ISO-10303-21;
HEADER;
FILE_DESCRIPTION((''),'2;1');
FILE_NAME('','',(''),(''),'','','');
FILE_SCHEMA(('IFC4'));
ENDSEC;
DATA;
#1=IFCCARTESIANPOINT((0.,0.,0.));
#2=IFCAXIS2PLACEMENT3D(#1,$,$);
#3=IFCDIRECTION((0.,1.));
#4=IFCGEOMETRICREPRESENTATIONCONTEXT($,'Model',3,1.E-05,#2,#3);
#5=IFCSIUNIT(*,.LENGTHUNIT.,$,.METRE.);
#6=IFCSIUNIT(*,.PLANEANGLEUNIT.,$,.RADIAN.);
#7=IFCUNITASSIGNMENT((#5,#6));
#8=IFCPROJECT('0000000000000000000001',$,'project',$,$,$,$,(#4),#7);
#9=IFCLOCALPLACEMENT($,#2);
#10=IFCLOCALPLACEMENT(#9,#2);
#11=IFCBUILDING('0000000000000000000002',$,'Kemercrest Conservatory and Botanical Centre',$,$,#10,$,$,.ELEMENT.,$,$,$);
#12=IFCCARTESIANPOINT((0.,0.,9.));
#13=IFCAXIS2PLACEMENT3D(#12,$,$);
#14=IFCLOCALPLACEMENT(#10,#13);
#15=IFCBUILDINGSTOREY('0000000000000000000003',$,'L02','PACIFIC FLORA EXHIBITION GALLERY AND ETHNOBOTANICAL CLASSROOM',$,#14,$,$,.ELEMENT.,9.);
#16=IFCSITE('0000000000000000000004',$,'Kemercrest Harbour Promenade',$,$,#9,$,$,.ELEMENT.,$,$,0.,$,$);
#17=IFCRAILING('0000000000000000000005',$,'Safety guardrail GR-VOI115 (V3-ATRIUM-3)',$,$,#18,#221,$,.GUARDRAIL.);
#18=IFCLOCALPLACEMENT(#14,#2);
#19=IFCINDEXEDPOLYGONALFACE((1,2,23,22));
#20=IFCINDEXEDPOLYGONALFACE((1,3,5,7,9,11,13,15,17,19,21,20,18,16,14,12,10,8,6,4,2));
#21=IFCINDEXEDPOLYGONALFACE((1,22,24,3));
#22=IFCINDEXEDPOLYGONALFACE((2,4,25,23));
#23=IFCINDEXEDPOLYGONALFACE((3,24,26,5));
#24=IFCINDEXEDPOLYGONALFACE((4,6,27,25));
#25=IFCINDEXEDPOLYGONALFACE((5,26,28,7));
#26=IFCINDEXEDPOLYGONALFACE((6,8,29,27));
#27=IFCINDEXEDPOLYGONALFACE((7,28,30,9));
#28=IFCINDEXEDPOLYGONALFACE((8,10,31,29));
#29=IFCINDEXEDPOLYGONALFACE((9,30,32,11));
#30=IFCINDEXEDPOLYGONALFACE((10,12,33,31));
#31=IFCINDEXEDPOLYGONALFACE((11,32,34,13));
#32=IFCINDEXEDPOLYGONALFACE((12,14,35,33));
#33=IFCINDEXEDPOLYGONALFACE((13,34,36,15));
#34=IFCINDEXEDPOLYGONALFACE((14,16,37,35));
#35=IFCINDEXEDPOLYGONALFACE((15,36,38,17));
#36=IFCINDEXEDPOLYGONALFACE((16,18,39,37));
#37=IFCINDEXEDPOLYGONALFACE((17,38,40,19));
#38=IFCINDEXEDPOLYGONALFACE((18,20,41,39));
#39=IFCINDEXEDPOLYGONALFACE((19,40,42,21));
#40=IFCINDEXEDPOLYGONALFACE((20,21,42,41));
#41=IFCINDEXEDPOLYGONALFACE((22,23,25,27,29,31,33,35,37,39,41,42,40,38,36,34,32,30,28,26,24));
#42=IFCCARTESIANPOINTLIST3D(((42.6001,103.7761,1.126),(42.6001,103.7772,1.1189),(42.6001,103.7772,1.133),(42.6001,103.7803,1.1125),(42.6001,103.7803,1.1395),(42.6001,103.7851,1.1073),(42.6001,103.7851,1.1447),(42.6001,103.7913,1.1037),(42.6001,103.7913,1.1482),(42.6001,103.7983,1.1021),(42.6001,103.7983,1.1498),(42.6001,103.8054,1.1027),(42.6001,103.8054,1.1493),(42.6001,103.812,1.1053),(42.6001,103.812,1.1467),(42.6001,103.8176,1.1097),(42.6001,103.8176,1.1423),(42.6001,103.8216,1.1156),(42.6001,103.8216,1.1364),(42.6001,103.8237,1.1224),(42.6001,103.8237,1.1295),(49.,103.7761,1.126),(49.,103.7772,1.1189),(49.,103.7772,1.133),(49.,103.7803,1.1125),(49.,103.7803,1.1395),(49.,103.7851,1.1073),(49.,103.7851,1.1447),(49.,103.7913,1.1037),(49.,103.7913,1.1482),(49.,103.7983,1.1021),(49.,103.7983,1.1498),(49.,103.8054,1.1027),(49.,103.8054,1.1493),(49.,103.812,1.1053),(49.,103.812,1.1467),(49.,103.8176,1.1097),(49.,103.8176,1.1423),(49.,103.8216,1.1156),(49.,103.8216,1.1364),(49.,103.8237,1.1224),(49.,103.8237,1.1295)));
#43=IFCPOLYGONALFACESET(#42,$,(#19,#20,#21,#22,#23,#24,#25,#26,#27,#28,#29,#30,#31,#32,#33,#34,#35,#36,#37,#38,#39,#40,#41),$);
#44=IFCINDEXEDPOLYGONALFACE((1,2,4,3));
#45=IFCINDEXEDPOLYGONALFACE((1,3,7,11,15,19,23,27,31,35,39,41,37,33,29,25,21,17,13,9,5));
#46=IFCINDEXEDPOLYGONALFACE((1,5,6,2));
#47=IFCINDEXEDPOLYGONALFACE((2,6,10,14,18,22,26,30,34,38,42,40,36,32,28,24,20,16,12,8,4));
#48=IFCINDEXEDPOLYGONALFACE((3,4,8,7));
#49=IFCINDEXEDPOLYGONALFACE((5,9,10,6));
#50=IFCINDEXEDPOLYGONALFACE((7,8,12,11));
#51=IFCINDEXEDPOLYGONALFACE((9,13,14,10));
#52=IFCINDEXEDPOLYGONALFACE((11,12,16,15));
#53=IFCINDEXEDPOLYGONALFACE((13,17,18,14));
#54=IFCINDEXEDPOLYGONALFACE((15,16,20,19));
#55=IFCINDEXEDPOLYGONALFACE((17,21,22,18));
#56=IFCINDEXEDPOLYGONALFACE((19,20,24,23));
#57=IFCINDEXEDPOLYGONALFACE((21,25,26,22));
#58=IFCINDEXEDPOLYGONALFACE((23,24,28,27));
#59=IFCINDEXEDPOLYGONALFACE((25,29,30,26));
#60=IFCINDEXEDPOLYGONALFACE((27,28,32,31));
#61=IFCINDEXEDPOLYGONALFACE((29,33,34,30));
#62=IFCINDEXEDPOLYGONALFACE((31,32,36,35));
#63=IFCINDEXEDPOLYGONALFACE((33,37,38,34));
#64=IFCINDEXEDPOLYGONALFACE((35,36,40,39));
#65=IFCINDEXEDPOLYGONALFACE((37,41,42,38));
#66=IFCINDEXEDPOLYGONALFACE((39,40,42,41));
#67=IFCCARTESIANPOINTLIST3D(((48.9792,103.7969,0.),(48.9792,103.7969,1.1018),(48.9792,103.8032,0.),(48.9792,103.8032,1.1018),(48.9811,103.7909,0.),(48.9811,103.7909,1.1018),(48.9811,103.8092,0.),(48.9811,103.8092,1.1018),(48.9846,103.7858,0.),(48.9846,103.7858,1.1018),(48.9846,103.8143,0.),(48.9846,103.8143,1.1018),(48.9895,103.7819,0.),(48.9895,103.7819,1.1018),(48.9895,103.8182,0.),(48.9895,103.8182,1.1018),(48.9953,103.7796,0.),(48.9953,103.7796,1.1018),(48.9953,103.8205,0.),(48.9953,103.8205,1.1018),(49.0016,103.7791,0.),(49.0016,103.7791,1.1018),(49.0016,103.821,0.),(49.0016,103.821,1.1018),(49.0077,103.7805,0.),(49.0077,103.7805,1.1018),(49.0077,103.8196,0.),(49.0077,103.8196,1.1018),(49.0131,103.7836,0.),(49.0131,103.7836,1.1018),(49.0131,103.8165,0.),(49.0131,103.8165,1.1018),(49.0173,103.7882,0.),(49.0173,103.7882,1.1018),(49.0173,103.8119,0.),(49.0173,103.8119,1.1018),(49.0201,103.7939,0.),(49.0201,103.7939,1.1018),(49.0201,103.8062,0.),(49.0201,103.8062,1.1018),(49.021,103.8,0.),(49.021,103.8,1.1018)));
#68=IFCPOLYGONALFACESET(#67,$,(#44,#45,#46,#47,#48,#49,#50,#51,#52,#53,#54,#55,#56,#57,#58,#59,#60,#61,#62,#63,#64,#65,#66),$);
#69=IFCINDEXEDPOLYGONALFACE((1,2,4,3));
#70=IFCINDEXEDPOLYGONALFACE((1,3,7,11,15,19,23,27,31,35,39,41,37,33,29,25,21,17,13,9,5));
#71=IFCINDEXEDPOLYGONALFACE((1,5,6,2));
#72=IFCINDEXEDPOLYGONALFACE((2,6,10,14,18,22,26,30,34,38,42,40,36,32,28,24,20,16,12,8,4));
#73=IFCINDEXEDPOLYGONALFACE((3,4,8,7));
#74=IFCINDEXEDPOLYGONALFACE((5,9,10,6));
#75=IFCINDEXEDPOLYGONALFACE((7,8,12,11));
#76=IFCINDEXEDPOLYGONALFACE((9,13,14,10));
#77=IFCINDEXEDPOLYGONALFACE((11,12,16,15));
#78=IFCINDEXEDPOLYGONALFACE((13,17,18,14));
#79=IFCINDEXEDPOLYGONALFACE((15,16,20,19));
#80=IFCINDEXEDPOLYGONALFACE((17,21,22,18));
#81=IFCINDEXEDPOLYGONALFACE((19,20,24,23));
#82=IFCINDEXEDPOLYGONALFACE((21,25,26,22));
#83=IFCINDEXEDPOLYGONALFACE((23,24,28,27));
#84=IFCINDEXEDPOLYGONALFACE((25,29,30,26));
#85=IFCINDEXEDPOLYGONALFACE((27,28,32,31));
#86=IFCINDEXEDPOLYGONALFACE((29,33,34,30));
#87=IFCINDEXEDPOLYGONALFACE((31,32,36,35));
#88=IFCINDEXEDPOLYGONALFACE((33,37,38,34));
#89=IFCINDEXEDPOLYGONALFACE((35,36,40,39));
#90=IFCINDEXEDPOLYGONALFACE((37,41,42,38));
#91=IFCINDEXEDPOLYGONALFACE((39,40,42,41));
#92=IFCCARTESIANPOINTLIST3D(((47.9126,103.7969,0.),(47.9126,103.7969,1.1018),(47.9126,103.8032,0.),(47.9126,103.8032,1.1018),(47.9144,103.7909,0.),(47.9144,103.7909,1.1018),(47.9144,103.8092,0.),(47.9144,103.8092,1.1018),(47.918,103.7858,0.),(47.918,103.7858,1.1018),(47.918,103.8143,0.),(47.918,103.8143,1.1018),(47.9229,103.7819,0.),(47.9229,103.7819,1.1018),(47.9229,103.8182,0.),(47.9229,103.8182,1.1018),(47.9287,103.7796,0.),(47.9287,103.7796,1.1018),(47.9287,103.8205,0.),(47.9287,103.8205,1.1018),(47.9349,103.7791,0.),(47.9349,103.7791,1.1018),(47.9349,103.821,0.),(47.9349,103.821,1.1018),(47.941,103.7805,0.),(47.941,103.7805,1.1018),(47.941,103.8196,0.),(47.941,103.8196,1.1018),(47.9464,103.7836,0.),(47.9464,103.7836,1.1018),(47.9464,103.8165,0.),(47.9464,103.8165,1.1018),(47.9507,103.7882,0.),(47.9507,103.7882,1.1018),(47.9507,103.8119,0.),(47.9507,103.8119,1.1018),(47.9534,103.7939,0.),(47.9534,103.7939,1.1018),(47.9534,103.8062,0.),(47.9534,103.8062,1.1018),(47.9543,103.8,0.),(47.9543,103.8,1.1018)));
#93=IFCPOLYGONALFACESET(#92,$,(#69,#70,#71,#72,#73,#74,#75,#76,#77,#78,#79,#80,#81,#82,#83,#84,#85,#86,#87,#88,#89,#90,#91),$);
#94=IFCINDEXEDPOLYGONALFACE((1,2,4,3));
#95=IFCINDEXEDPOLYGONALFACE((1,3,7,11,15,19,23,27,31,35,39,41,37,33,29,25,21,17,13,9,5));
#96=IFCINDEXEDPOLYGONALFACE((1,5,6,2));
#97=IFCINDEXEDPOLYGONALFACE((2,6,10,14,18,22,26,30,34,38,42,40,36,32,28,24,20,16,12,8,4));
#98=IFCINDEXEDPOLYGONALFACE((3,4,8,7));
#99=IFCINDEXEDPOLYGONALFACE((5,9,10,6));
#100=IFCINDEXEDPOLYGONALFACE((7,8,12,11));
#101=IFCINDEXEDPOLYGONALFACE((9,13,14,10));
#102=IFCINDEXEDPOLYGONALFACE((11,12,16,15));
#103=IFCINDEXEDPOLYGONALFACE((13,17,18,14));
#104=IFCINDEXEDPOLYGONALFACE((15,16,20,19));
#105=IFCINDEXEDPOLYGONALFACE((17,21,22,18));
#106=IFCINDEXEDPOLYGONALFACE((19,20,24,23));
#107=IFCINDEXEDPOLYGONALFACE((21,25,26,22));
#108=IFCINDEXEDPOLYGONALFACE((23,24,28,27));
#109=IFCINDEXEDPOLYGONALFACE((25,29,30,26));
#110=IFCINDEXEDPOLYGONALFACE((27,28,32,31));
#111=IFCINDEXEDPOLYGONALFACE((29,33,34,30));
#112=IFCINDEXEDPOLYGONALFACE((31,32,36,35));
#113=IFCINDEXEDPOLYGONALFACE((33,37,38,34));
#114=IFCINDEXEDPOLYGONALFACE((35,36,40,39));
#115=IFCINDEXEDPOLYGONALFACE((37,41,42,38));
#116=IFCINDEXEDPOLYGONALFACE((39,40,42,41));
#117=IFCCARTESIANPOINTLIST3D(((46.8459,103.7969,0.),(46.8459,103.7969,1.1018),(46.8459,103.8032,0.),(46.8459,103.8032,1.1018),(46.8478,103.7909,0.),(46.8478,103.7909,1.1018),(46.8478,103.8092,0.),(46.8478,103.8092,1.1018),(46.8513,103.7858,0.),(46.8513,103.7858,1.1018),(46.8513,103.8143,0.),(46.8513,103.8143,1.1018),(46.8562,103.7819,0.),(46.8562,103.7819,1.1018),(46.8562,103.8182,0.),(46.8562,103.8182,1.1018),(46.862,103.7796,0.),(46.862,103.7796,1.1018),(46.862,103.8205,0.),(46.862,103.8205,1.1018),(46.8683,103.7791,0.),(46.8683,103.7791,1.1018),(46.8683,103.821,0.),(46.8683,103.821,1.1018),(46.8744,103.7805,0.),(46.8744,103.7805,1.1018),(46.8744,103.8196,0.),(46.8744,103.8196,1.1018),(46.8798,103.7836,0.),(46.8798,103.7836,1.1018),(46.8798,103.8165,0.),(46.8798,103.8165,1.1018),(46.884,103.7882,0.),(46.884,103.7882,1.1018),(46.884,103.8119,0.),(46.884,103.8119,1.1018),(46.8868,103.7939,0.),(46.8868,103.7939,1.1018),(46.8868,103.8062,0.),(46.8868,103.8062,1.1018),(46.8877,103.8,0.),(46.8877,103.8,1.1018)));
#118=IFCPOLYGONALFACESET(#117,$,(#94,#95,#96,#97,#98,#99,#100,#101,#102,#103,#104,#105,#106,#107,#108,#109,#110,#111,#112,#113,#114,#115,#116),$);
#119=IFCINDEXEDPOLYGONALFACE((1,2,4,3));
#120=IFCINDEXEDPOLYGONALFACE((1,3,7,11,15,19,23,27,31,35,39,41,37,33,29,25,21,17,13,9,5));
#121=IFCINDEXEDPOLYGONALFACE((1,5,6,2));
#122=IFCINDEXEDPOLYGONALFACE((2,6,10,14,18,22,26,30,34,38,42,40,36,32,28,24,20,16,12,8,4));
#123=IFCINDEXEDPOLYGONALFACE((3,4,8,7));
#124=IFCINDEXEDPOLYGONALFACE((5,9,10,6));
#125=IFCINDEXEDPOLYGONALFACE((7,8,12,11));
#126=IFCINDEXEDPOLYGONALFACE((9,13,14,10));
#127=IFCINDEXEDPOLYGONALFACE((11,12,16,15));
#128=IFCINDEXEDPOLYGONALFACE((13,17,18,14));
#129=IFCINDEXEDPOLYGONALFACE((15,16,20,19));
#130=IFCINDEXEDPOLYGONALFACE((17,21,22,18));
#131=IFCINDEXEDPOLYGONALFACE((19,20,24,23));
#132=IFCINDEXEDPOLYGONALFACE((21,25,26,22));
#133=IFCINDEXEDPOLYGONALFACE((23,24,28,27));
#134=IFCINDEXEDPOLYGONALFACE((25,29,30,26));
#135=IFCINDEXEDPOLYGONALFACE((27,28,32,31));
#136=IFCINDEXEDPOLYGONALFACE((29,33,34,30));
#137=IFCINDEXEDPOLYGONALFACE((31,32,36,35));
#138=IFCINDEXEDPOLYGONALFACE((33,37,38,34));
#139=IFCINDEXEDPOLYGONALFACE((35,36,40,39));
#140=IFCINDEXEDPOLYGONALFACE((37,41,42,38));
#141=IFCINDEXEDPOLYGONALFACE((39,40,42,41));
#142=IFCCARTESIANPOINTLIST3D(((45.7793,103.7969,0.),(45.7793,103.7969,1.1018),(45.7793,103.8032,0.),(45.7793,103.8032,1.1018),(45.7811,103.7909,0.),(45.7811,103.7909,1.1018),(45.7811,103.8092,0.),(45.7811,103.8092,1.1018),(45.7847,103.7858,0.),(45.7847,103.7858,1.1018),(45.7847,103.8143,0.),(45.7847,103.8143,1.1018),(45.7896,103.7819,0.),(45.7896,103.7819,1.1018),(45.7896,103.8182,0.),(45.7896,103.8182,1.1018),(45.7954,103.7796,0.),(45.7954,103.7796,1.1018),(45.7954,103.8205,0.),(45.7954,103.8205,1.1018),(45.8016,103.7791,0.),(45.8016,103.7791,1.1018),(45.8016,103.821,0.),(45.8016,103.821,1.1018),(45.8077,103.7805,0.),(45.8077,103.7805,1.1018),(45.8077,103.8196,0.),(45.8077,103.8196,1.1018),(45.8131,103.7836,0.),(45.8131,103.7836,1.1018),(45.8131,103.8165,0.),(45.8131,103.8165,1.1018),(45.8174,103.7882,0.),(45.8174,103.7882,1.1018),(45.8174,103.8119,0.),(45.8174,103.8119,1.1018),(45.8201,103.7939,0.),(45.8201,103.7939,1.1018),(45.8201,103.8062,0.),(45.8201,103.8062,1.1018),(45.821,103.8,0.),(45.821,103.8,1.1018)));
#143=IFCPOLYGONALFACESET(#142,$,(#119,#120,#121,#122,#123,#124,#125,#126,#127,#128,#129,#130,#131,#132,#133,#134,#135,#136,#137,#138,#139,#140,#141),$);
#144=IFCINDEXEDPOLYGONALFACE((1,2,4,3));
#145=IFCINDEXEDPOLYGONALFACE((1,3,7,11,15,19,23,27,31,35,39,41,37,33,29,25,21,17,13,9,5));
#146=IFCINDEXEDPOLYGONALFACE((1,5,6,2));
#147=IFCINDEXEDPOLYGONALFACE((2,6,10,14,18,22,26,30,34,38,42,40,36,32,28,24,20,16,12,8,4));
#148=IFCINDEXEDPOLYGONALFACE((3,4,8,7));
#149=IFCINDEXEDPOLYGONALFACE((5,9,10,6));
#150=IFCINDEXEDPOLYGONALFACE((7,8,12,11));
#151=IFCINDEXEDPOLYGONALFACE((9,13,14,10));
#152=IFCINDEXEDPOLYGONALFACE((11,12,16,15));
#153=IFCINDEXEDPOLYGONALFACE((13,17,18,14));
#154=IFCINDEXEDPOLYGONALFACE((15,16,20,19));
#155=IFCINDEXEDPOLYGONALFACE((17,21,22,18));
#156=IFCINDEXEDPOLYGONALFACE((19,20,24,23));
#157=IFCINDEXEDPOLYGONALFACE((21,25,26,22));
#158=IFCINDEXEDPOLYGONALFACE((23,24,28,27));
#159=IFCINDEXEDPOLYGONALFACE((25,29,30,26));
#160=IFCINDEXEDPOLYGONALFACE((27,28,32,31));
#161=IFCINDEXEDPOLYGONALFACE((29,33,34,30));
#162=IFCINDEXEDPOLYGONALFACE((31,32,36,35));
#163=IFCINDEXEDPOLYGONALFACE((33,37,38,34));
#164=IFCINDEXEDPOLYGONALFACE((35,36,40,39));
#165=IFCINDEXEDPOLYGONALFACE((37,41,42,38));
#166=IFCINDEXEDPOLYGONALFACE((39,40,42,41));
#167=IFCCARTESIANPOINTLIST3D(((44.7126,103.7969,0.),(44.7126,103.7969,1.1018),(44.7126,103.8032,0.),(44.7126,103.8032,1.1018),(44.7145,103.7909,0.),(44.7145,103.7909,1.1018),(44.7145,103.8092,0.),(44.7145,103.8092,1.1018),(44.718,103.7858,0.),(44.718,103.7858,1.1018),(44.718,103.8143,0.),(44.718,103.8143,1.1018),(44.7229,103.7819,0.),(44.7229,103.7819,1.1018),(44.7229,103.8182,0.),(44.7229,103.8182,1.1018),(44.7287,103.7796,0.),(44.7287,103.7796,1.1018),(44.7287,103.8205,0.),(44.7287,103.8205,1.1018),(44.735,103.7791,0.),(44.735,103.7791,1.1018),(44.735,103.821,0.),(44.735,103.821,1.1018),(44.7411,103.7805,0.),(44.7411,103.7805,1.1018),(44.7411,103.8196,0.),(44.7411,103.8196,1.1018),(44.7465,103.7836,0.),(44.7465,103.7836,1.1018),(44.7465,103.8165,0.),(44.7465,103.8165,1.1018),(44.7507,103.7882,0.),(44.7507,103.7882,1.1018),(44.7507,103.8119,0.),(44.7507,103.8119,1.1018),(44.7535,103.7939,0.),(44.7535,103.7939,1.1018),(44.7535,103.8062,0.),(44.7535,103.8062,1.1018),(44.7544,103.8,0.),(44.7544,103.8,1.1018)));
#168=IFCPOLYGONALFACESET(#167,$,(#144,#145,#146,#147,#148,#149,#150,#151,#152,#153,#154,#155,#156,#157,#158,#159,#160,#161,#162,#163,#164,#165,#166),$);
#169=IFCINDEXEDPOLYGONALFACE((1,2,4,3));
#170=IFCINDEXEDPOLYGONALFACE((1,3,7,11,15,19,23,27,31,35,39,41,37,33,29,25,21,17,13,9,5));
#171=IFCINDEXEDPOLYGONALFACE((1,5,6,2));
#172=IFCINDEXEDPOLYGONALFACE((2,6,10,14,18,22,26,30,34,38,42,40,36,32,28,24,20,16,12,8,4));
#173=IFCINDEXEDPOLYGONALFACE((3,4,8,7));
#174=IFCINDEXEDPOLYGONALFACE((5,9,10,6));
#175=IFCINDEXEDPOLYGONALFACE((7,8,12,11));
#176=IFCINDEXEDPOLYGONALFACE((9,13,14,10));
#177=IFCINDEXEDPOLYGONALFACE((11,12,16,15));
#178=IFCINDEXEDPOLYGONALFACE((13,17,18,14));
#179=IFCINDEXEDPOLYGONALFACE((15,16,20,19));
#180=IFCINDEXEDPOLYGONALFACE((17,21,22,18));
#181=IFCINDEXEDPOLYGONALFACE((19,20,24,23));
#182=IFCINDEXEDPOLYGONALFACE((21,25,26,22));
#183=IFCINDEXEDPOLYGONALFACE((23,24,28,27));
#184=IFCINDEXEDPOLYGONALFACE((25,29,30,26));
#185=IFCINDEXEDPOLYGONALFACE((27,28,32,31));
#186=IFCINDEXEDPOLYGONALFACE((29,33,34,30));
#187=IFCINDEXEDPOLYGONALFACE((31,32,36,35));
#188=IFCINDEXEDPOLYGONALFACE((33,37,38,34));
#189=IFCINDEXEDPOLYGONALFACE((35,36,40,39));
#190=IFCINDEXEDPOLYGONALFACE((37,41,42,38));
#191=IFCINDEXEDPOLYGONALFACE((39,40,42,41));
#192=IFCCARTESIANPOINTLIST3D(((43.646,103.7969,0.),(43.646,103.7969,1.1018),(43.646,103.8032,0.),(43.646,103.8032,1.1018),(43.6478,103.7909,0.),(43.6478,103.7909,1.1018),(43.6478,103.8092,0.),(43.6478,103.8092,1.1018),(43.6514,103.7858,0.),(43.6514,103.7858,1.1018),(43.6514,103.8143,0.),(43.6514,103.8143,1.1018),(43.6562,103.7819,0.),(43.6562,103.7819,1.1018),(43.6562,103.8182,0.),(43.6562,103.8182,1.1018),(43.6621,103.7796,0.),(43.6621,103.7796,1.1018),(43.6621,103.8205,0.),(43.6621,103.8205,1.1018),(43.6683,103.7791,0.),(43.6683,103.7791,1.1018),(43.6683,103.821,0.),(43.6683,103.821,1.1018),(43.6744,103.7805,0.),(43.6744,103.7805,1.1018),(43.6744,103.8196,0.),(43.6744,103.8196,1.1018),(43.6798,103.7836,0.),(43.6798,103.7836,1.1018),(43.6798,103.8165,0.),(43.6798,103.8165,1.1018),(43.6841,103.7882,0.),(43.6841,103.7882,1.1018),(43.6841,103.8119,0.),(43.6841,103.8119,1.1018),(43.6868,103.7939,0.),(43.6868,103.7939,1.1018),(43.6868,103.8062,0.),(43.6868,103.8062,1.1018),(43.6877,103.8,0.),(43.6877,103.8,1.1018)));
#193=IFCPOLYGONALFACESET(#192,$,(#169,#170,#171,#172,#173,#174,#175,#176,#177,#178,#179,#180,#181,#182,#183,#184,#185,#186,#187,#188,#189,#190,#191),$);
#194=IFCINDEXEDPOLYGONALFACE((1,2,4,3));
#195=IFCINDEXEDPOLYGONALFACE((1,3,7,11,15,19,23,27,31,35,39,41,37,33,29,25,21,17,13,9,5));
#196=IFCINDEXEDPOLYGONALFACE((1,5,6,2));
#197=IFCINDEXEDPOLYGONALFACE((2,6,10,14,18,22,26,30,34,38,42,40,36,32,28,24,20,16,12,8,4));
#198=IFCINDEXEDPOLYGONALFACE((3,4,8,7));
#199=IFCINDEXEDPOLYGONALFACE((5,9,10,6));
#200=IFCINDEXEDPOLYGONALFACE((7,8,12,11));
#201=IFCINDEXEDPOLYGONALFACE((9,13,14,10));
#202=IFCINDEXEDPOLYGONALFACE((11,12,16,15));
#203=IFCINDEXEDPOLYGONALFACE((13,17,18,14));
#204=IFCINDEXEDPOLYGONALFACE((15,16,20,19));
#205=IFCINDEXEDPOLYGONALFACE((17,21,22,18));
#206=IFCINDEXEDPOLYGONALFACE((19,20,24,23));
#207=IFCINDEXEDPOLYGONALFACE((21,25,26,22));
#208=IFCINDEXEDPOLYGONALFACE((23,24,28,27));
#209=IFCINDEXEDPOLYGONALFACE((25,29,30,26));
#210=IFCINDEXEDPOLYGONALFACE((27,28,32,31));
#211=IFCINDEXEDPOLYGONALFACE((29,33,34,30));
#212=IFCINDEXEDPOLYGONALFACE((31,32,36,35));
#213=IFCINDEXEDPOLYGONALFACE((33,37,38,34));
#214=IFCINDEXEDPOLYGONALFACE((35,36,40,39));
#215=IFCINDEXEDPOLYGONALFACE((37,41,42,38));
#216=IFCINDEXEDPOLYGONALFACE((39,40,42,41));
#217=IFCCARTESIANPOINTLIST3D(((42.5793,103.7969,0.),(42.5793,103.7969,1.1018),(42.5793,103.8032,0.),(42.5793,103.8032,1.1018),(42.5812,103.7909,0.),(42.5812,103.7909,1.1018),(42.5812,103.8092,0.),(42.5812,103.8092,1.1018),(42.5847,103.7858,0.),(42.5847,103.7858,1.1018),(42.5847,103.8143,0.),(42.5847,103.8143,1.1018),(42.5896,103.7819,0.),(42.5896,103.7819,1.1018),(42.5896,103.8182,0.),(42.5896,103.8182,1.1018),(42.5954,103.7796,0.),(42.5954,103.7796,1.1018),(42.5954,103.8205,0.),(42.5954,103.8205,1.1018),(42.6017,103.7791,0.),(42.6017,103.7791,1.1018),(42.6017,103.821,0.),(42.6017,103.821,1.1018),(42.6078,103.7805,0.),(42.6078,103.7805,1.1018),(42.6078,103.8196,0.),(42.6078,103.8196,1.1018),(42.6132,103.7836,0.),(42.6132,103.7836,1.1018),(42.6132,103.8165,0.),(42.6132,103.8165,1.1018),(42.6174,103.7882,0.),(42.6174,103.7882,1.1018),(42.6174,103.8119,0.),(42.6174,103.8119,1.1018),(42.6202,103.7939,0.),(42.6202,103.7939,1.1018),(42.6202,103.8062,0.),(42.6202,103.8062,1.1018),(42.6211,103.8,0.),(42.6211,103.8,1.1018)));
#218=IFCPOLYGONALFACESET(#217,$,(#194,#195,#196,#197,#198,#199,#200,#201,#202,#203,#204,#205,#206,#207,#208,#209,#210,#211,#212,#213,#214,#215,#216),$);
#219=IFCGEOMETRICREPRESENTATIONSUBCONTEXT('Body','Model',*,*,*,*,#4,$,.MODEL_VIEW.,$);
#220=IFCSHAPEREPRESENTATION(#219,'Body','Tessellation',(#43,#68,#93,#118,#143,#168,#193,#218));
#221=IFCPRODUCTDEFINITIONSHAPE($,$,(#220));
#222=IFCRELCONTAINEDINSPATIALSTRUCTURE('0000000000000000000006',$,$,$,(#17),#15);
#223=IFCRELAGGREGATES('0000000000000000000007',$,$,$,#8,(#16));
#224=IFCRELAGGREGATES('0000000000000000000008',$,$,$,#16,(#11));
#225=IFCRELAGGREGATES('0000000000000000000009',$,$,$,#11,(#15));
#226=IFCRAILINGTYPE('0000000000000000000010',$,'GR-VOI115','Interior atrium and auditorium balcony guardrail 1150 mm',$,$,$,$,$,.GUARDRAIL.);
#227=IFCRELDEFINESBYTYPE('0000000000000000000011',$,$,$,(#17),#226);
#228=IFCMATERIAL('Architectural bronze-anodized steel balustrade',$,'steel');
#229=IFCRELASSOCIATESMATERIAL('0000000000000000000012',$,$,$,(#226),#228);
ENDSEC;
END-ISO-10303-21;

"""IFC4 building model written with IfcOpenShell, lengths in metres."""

from ifc_helpers import new_model, si_unit, direction, frame, origin, origin_2d, place, context, subcontext, project, spatial, circle, extrude, material, type_object, element, save


model = new_model("IFC4")

# Units and contexts
model_context = context("Model", 3, precision=1e-05, world=origin(), true_north=direction((0.0, 1.0)))
body_context = subcontext(model_context, "Body", "Model", "MODEL_VIEW")
ifc_project = project(units=[si_unit("LENGTHUNIT", "METRE"), si_unit("PLANEANGLEUNIT", "RADIAN")], contexts=[model_context])

# Site, building, storey
site_placement = place(None, origin())
site = spatial("IfcSite", under=ifc_project, at=site_placement, Name="Kemercrest Harbour Promenade", CompositionType="ELEMENT", RefElevation=0.0)
building_placement = place(site_placement, origin())
building = spatial("IfcBuilding", under=site, at=building_placement, Name="Kemercrest Conservatory and Botanical Centre", CompositionType="ELEMENT")
storey_placement = place(building_placement, frame((0.0, 0.0, 9.0)))
storey = spatial("IfcBuildingStorey", under=building, at=storey_placement, Name="L02", Description="PACIFIC FLORA EXHIBITION GALLERY AND ETHNOBOTANICAL CLASSROOM", CompositionType="ELEMENT", Elevation=9.0)

# Railing
ifc_material_1 = material(Name="Architectural bronze-anodized steel balustrade", Category="steel")
railing_type = type_object("IfcRailingType", Name="GR-VOI115", Description="Interior atrium and auditorium balcony guardrail 1150 mm", PredefinedType="GUARDRAIL", material=ifc_material_1)
railing_1_placement = place(storey_placement, frame((49.0, 103.8, 0.0)))
element("IfcRailing", 1, at=railing_1_placement, inside=storey, type_object=railing_type, Name="Safety guardrail GR-VOI115 (V3-ATRIUM-3)", PredefinedType="GUARDRAIL", context=body_context, shape_type="SweptSolid", body=[
    extrude(circle(Radius=0.0239, at=origin_2d()), frame((0.0, 0.0, 1.126), z_axis=(-1.0, 0.0, 0.0), x_axis=(0.0, -1.0, 0.0)), (0.0, 0.0, 1.0), 6.3999),
    extrude(circle(Radius=0.021, at=origin_2d()), origin(), (0.0, 0.0, 1.0), 1.1018),
    extrude(circle(Radius=0.021, at=origin_2d()), frame((-1.0667, 0.0, 0.0)), (0.0, 0.0, 1.0), 1.1018),
    extrude(circle(Radius=0.021, at=origin_2d()), frame((-2.1333, 0.0, 0.0)), (0.0, 0.0, 1.0), 1.1018),
    extrude(circle(Radius=0.021, at=origin_2d()), frame((-3.2, 0.0, 0.0)), (0.0, 0.0, 1.0), 1.1018),
    extrude(circle(Radius=0.021, at=origin_2d()), frame((-4.2666, 0.0, 0.0)), (0.0, 0.0, 1.0), 1.1018),
    extrude(circle(Radius=0.021, at=origin_2d()), frame((-5.3333, 0.0, 0.0)), (0.0, 0.0, 1.0), 1.1018),
    extrude(circle(Radius=0.021, at=origin_2d()), frame((-6.3999, 0.0, 0.0)), (0.0, 0.0, 1.0), 1.1018),
])

save(model, "model.ifc")
